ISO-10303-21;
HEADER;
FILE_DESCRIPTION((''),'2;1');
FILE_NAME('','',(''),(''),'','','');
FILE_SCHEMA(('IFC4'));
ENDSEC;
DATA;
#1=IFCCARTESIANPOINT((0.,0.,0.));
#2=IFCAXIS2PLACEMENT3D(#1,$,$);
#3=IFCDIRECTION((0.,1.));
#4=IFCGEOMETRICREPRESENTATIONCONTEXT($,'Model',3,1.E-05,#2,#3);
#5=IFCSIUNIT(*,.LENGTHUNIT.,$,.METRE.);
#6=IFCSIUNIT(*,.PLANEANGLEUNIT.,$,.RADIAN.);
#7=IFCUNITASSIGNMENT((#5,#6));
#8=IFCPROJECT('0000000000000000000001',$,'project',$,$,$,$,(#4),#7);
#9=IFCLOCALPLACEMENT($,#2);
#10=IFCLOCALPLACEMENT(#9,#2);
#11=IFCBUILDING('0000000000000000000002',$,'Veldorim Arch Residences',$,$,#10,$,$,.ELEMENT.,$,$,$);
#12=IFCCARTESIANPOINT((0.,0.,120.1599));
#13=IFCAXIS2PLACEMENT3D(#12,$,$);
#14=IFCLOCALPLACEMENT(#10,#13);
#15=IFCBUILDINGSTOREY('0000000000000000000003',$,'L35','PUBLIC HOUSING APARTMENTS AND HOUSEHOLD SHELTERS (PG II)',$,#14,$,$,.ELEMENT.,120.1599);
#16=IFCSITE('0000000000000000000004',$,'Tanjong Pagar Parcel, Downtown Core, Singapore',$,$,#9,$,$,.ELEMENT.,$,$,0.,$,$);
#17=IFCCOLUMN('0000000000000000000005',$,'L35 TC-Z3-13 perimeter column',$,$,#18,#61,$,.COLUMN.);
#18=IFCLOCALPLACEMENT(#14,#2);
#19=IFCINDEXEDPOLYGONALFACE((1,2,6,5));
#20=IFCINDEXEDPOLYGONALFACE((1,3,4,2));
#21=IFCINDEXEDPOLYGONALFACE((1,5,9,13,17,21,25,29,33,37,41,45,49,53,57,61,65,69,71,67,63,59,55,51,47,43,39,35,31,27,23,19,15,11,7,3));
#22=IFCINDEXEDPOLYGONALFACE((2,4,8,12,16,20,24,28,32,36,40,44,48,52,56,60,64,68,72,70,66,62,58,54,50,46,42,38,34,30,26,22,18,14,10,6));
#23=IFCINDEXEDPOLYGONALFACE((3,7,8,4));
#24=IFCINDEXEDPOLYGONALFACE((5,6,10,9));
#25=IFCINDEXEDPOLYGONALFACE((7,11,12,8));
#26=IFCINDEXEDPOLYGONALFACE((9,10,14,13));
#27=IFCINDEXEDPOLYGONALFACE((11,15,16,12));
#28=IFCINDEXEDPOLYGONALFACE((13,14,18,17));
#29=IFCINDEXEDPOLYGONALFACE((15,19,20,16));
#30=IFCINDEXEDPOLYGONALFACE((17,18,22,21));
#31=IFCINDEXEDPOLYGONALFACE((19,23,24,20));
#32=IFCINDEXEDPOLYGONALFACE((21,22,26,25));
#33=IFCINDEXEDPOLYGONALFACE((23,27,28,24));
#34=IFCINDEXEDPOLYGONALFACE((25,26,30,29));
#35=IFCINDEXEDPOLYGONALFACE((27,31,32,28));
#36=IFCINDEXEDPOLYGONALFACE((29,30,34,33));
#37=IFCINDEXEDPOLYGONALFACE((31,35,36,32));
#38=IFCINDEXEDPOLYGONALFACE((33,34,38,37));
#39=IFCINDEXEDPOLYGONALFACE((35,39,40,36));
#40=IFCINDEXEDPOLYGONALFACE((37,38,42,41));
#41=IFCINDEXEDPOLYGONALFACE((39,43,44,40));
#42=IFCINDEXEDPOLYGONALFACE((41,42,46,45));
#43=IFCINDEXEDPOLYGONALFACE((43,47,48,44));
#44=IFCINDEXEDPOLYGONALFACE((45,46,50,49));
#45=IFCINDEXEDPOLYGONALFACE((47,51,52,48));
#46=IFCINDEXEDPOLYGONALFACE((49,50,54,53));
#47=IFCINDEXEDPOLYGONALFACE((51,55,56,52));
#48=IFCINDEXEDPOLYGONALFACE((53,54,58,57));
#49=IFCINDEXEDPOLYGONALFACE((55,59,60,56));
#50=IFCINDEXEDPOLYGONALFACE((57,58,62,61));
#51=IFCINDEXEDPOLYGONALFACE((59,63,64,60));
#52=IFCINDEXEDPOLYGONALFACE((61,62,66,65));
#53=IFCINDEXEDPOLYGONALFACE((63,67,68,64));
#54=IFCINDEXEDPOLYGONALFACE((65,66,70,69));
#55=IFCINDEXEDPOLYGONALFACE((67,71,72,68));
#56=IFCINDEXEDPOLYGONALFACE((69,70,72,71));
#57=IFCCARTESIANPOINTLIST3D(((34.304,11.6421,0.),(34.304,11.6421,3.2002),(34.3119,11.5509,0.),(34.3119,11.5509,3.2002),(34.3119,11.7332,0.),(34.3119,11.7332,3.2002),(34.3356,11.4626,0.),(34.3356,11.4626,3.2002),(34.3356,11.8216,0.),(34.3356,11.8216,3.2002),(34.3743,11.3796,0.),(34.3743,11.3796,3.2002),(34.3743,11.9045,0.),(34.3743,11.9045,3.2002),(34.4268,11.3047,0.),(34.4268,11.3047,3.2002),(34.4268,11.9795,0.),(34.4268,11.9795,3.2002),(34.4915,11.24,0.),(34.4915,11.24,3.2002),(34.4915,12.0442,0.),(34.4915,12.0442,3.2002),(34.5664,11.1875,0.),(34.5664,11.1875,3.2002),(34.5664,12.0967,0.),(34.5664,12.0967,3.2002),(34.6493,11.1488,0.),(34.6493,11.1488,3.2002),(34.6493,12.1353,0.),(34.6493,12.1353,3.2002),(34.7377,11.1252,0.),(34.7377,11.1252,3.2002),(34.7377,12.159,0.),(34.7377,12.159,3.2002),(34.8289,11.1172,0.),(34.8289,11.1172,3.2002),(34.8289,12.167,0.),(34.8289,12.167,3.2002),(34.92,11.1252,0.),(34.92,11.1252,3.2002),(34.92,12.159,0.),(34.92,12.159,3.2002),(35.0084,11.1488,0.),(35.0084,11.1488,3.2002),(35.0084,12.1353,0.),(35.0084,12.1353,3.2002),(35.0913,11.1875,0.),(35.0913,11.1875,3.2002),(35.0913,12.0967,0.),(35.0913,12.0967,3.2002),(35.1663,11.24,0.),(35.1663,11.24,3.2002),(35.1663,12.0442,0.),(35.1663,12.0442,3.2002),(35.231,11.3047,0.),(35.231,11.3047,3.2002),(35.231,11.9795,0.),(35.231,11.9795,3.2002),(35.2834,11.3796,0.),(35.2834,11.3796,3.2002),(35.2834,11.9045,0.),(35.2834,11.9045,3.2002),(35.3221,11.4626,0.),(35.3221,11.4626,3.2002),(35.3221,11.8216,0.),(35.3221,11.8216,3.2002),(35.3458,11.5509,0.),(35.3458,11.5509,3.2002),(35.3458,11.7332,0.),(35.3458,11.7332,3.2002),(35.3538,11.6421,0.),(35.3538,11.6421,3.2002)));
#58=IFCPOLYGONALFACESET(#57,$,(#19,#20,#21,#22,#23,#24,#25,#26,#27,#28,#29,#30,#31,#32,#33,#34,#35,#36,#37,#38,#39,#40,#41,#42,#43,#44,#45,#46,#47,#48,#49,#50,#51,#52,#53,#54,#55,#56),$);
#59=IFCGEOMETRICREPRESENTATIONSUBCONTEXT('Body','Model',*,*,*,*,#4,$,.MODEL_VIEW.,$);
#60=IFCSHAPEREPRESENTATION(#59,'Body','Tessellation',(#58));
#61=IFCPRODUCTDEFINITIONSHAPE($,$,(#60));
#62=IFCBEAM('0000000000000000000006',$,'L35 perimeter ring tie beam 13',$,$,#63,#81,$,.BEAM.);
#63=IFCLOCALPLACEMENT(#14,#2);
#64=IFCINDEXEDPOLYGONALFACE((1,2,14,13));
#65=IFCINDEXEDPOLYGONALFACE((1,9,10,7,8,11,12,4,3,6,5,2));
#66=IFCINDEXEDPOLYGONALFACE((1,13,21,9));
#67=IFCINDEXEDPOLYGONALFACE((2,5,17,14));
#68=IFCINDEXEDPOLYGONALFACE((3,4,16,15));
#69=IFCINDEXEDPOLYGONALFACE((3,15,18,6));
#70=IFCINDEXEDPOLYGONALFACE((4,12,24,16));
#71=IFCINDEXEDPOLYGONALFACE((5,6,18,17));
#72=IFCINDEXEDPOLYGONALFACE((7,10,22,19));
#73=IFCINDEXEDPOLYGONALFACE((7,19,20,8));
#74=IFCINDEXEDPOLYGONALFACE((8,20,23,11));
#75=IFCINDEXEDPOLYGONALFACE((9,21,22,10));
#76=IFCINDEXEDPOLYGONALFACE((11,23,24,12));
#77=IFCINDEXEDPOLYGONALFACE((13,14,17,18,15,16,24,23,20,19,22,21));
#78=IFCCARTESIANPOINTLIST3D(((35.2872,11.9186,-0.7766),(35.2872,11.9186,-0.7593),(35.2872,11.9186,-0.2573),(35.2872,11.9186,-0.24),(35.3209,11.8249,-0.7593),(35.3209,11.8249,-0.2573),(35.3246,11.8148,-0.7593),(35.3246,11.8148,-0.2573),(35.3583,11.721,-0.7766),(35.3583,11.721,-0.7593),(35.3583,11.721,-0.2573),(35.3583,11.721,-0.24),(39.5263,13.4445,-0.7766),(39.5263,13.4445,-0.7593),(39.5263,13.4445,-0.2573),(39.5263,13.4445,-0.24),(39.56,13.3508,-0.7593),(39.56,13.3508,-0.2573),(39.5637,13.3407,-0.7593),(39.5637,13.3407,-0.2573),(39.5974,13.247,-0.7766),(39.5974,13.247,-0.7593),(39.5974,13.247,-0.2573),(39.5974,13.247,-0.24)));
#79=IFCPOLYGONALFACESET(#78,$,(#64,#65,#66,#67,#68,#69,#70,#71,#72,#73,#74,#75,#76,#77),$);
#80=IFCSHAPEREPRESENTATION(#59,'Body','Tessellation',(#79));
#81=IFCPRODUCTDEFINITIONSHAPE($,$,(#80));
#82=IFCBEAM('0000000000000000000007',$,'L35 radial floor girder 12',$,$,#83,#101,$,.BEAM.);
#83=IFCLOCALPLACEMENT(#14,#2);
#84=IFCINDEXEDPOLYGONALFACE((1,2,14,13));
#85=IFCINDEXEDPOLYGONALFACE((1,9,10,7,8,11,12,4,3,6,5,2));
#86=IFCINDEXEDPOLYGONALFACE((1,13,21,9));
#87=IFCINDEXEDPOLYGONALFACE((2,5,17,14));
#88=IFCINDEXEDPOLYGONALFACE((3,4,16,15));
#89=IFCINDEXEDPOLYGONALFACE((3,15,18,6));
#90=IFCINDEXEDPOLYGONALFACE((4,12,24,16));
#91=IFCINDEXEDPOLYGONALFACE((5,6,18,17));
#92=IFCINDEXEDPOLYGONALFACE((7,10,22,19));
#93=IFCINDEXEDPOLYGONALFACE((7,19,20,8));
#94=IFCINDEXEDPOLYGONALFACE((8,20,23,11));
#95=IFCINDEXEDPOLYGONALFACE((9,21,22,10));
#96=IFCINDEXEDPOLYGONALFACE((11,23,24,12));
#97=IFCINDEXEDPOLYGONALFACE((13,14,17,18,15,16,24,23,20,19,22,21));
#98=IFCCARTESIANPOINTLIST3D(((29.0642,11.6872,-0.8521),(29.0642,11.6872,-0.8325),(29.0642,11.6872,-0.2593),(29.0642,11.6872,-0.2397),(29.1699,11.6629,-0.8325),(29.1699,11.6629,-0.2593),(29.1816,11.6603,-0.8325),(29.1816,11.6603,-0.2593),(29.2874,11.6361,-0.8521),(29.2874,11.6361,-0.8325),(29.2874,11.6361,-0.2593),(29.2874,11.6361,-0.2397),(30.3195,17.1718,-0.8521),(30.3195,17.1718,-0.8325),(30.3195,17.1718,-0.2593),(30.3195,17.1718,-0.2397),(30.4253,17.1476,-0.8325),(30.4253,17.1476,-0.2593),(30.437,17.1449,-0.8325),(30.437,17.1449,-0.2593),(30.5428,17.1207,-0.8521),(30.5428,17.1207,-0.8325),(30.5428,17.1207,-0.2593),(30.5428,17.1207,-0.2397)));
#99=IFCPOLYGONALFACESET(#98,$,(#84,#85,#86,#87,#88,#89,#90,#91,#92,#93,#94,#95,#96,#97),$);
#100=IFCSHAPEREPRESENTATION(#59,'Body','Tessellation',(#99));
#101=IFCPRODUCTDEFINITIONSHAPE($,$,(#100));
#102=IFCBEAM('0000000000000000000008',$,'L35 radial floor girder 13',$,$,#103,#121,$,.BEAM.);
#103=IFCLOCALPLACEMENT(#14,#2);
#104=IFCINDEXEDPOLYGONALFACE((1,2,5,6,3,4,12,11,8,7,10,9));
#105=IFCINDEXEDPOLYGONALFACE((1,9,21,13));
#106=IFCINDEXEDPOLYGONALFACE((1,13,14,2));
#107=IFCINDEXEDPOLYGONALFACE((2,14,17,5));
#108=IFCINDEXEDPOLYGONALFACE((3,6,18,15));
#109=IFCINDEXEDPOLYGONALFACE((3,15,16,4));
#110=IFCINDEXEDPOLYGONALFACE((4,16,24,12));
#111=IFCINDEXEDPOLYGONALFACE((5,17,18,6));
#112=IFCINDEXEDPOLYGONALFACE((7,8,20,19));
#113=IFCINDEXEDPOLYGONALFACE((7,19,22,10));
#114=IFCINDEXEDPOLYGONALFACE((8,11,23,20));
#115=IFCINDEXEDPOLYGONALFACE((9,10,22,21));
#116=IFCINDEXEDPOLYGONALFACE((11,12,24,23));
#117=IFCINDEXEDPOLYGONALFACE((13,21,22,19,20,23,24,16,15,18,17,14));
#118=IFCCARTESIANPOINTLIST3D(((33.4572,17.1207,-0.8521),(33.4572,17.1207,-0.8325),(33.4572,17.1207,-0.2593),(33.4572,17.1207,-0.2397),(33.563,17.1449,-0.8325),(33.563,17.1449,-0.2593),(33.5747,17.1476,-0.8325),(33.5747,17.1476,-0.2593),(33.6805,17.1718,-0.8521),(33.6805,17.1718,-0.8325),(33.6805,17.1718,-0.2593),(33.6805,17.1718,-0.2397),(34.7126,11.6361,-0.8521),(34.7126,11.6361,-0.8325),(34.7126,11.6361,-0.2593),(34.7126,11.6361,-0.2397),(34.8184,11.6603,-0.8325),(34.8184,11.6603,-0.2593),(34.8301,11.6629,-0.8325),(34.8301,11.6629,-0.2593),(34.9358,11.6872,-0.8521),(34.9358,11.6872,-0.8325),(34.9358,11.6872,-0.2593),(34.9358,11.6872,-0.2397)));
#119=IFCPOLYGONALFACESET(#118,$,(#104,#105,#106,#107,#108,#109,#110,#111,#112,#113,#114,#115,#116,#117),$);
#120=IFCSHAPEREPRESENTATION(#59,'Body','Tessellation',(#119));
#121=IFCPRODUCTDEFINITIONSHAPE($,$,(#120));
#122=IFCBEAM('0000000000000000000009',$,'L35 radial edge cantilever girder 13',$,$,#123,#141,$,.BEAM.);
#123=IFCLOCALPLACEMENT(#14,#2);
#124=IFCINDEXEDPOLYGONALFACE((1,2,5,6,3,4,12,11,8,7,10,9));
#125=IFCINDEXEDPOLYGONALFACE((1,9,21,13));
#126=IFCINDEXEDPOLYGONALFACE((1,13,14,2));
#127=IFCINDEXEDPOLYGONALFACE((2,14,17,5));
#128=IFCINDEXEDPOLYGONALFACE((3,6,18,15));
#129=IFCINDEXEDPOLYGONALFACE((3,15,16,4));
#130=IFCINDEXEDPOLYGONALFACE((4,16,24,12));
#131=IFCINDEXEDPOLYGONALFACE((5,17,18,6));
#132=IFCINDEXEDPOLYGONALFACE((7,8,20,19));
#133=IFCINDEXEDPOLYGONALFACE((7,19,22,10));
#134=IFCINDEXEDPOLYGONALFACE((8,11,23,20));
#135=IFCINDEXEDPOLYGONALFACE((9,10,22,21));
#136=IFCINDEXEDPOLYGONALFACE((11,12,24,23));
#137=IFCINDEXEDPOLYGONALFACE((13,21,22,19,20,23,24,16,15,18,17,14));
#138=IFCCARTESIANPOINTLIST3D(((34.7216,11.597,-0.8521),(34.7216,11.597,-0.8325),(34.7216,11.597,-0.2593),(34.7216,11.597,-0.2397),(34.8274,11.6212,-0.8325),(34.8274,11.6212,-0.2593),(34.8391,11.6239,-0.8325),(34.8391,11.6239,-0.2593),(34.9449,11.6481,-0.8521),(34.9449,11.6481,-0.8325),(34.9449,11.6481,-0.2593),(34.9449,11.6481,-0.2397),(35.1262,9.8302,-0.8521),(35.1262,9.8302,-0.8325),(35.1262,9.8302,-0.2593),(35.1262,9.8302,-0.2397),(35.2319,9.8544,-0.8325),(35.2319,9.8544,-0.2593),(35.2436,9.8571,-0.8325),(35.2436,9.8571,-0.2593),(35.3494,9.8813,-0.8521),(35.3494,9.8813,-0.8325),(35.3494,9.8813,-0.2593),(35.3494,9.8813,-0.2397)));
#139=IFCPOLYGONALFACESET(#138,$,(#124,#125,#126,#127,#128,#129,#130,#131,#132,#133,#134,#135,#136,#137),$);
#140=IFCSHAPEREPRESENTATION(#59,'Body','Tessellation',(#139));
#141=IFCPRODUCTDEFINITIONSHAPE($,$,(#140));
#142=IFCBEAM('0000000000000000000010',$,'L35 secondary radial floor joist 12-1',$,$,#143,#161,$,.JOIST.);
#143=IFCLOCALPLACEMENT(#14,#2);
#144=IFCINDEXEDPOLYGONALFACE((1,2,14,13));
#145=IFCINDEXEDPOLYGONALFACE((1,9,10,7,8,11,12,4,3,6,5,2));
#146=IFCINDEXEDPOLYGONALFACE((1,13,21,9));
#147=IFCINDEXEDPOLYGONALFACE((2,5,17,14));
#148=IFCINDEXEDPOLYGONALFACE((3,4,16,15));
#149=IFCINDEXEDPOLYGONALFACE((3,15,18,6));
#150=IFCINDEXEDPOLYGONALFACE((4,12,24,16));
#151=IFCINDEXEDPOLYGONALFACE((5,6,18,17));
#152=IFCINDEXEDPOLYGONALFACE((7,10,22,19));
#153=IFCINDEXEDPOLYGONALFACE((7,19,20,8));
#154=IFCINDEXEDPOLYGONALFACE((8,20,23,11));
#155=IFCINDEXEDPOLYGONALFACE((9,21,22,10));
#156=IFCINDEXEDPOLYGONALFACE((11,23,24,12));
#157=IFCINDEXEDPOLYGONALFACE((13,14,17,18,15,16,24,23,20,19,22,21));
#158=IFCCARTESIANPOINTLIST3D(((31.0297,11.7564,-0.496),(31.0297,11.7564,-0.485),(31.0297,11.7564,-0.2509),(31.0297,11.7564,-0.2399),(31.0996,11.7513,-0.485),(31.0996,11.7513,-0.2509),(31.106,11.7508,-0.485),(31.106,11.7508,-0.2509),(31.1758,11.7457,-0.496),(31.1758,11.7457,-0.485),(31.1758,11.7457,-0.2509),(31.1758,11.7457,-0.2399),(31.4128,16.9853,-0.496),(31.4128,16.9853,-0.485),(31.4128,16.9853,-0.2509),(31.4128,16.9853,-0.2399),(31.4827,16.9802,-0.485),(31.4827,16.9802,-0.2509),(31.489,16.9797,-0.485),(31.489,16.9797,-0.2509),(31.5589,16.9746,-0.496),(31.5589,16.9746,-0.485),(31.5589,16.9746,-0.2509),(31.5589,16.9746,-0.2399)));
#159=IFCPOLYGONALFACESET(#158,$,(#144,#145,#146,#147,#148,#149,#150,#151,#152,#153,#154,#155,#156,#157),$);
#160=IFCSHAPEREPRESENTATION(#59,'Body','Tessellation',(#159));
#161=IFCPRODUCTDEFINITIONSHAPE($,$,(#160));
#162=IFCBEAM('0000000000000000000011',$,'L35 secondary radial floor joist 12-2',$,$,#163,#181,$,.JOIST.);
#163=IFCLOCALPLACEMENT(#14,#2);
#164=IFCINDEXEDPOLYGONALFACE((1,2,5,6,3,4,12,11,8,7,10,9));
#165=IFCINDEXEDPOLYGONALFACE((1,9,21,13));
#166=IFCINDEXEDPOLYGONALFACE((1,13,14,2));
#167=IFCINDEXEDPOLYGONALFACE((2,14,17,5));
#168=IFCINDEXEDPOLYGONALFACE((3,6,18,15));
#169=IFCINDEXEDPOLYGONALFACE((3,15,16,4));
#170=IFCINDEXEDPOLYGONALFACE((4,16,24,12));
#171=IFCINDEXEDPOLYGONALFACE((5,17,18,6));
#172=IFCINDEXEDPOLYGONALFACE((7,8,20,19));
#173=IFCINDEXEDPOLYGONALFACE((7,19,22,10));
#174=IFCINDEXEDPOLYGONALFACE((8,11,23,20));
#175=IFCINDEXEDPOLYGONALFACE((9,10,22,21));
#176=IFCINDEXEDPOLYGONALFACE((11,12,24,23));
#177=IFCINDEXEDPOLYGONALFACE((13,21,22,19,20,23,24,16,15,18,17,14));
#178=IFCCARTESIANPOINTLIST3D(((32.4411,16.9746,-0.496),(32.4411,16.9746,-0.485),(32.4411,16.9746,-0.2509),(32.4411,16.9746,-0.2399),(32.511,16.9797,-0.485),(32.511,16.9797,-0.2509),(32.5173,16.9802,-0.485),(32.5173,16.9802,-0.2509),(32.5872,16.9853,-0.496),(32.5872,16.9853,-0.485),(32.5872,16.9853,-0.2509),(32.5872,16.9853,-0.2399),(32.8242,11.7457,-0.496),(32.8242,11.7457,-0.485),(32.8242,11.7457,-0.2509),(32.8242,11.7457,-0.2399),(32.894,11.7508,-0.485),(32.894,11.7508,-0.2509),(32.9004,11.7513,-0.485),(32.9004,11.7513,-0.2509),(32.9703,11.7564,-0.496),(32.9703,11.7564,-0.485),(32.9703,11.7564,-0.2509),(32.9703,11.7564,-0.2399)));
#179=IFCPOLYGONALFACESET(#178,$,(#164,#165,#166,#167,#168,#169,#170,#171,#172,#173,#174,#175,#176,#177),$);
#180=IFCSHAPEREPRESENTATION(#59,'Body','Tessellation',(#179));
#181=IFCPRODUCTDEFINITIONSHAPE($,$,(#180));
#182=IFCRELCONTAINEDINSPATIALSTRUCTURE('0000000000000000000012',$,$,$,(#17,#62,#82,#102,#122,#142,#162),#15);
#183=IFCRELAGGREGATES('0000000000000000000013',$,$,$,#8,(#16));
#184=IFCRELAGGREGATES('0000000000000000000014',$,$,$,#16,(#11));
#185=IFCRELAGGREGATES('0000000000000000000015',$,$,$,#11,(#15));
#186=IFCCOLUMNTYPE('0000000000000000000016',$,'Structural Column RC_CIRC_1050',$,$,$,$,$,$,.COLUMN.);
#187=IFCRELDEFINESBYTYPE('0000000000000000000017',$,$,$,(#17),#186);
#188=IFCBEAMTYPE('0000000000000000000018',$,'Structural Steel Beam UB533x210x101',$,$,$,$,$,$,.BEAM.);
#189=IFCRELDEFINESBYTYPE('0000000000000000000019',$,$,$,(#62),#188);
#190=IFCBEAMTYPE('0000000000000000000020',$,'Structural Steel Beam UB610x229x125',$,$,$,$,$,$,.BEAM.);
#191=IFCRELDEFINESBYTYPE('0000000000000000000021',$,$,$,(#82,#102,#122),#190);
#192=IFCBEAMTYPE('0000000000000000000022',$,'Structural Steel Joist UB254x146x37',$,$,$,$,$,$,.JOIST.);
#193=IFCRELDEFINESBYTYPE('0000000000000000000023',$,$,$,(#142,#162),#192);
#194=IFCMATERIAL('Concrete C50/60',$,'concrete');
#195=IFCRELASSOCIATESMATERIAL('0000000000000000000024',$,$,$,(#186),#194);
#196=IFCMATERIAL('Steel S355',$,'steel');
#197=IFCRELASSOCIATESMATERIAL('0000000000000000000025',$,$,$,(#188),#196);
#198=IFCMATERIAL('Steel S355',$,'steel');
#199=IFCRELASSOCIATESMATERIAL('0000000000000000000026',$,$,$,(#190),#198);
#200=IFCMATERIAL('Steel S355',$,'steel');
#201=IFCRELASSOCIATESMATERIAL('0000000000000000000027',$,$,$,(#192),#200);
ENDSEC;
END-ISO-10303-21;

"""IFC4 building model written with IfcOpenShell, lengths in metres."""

from ifc_helpers import new_model, si_unit, direction, frame, origin, origin_2d, place, context, subcontext, project, spatial, circle, i_section, extrude, material, material_profile, profile_set, type_object, element, save


model = new_model("IFC4")

# Units and contexts
model_context = context("Model", 3, precision=1e-05, world=origin(), true_north=direction((0.0, 1.0)))
body_context = subcontext(model_context, "Body", "Model", "MODEL_VIEW")
ifc_project = project(units=[si_unit("LENGTHUNIT", "METRE"), si_unit("PLANEANGLEUNIT", "RADIAN")], contexts=[model_context])

# Site, building, storey
site_placement = place(None, origin())
site = spatial("IfcSite", under=ifc_project, at=site_placement, Name="Tanjong Pagar Parcel, Downtown Core, Singapore", CompositionType="ELEMENT", RefElevation=0.0)
building_placement = place(site_placement, origin())
building = spatial("IfcBuilding", under=site, at=building_placement, Name="Veldorim Arch Residences", CompositionType="ELEMENT")
storey_placement = place(building_placement, frame((0.0, 0.0, 120.1599)))
storey = spatial("IfcBuildingStorey", under=building, at=storey_placement, Name="L35", Description="PUBLIC HOUSING APARTMENTS AND HOUSEHOLD SHELTERS (PG II)", CompositionType="ELEMENT", Elevation=120.1599)

# Column
ifc_material_1 = material(Name="Concrete C50/60", Category="concrete")
ifc_material_profile_1 = material_profile(ifc_material_1, circle(Radius=0.5249, at=origin_2d()), Name="RC_CIRC_1050")
ifc_profile_set_1 = profile_set([ifc_material_profile_1], Name="Concrete C50/60")
column_type = type_object("IfcColumnType", Name="Structural Column RC_CIRC_1050", PredefinedType="COLUMN", material=ifc_profile_set_1)
column_placement = place(storey_placement, frame((34.8289, 11.6421, 0.0), z_axis=(0.0, 0.0, 1.0), x_axis=(1.0, 0.0, 0.0)))
element("IfcColumn", 1, at=column_placement, inside=storey, type_object=column_type, Name="L35 TC-Z3-13 perimeter column", PredefinedType="COLUMN", context=body_context, shape_type="SweptSolid", body=[
    extrude(circle(Radius=0.5249, at=origin_2d()), origin(), (0.0, 0.0, 1.0), 3.2002),
])

# Beams
ifc_material_2 = material(Name="Steel S355", Category="steel")
ifc_material_profile_2 = material_profile(ifc_material_2, i_section(OverallWidth=0.21, OverallDepth=0.5366, WebThickness=0.0107, FlangeThickness=0.0173, at=origin_2d()), Name="UB533x210x101")
ifc_profile_set_2 = profile_set([ifc_material_profile_2], Name="Steel S355")
beam_type_1 = type_object("IfcBeamType", Name="Structural Steel Beam UB533x210x101", PredefinedType="BEAM", material=ifc_profile_set_2)
beam_1_placement = place(storey_placement, frame((35.3228, 11.8198, -0.5083), z_axis=(0.940899, 0.338687, 0.0), x_axis=(-0.338687, 0.940899, 0.0)))
element("IfcBeam", 2, at=beam_1_placement, inside=storey, type_object=beam_type_1, Name="L35 perimeter ring tie beam 13", PredefinedType="BEAM", context=body_context, shape_type="SweptSolid", body=[
    extrude(i_section(OverallWidth=0.21, OverallDepth=0.5366, WebThickness=0.0107, FlangeThickness=0.0173, at=origin_2d()), origin(), (0.0, 0.0, 1.0), 4.5054),
])
ifc_material_3 = material(Name="Steel S355", Category="steel")
ifc_material_profile_3 = material_profile(ifc_material_3, i_section(OverallWidth=0.229, OverallDepth=0.6123, WebThickness=0.012, FlangeThickness=0.0195, at=origin_2d()), Name="UB610x229x125")
ifc_profile_set_3 = profile_set([ifc_material_profile_3], Name="Steel S355")
beam_type_2 = type_object("IfcBeamType", Name="Structural Steel Beam UB610x229x125", PredefinedType="BEAM", material=ifc_profile_set_3)
for number, where, z_axis, x_axis, name in (
    (3, (30.4312, 17.1462, -0.5459), (-0.223119, -0.974791, 0.0), (0.974791, -0.223119, 0.0), "L35 radial floor girder 12"),
    (4, (33.5688, 17.1462, -0.5459), (0.223119, -0.974791, 0.0), (0.974791, 0.223119, 0.0), "L35 radial floor girder 13"),
):
    element("IfcBeam", number, at=place(storey_placement, frame(where, z_axis=z_axis, x_axis=x_axis)), inside=storey, type_object=beam_type_2, Name=name, PredefinedType="BEAM", context=body_context, shape_type="SweptSolid", body=[
        extrude(i_section(OverallWidth=0.229, OverallDepth=0.6123, WebThickness=0.012, FlangeThickness=0.0195, at=origin_2d()), origin(), (0.0, 0.0, 1.0), 5.6265),
    ])
beam_2_placement = place(storey_placement, frame((34.8333, 11.6226, -0.5459), z_axis=(0.223187, -0.974776, 0.0), x_axis=(0.974776, 0.223187, 0.0)))
element("IfcBeam", 5, at=beam_2_placement, inside=storey, type_object=beam_type_2, Name="L35 radial edge cantilever girder 13", PredefinedType="BEAM", context=body_context, shape_type="SweptSolid", body=[
    extrude(i_section(OverallWidth=0.229, OverallDepth=0.6123, WebThickness=0.012, FlangeThickness=0.0195, at=origin_2d()), origin(), (0.0, 0.0, 1.0), 1.8125),
])
ifc_material_4 = material(Name="Steel S355", Category="steel")
ifc_material_profile_4 = material_profile(ifc_material_4, i_section(OverallWidth=0.1465, OverallDepth=0.2561, WebThickness=0.0063, FlangeThickness=0.011, at=origin_2d()), Name="UB254x146x37")
ifc_profile_set_4 = profile_set([ifc_material_profile_4], Name="Steel S355")
beam_type_3 = type_object("IfcBeamType", Name="Structural Steel Joist UB254x146x37", PredefinedType="JOIST", material=ifc_profile_set_4)
for number, where, z_axis, x_axis, name in (
    (6, (31.4858, 16.98, -0.3679), (-0.07306, -0.997328, 0.0), (0.997328, -0.07306, 0.0), "L35 secondary radial floor joist 12-1"),
    (7, (32.5142, 16.98, -0.3679), (0.07306, -0.997328, 0.0), (0.997328, 0.07306, 0.0), "L35 secondary radial floor joist 12-2"),
):
    element("IfcBeam", number, at=place(storey_placement, frame(where, z_axis=z_axis, x_axis=x_axis)), inside=storey, type_object=beam_type_3, Name=name, PredefinedType="JOIST", context=body_context, shape_type="SweptSolid", body=[
        extrude(i_section(OverallWidth=0.1465, OverallDepth=0.2561, WebThickness=0.0063, FlangeThickness=0.011, at=origin_2d()), origin(), (0.0, 0.0, 1.0), 5.2429),
    ])

save(model, "model.ifc")
